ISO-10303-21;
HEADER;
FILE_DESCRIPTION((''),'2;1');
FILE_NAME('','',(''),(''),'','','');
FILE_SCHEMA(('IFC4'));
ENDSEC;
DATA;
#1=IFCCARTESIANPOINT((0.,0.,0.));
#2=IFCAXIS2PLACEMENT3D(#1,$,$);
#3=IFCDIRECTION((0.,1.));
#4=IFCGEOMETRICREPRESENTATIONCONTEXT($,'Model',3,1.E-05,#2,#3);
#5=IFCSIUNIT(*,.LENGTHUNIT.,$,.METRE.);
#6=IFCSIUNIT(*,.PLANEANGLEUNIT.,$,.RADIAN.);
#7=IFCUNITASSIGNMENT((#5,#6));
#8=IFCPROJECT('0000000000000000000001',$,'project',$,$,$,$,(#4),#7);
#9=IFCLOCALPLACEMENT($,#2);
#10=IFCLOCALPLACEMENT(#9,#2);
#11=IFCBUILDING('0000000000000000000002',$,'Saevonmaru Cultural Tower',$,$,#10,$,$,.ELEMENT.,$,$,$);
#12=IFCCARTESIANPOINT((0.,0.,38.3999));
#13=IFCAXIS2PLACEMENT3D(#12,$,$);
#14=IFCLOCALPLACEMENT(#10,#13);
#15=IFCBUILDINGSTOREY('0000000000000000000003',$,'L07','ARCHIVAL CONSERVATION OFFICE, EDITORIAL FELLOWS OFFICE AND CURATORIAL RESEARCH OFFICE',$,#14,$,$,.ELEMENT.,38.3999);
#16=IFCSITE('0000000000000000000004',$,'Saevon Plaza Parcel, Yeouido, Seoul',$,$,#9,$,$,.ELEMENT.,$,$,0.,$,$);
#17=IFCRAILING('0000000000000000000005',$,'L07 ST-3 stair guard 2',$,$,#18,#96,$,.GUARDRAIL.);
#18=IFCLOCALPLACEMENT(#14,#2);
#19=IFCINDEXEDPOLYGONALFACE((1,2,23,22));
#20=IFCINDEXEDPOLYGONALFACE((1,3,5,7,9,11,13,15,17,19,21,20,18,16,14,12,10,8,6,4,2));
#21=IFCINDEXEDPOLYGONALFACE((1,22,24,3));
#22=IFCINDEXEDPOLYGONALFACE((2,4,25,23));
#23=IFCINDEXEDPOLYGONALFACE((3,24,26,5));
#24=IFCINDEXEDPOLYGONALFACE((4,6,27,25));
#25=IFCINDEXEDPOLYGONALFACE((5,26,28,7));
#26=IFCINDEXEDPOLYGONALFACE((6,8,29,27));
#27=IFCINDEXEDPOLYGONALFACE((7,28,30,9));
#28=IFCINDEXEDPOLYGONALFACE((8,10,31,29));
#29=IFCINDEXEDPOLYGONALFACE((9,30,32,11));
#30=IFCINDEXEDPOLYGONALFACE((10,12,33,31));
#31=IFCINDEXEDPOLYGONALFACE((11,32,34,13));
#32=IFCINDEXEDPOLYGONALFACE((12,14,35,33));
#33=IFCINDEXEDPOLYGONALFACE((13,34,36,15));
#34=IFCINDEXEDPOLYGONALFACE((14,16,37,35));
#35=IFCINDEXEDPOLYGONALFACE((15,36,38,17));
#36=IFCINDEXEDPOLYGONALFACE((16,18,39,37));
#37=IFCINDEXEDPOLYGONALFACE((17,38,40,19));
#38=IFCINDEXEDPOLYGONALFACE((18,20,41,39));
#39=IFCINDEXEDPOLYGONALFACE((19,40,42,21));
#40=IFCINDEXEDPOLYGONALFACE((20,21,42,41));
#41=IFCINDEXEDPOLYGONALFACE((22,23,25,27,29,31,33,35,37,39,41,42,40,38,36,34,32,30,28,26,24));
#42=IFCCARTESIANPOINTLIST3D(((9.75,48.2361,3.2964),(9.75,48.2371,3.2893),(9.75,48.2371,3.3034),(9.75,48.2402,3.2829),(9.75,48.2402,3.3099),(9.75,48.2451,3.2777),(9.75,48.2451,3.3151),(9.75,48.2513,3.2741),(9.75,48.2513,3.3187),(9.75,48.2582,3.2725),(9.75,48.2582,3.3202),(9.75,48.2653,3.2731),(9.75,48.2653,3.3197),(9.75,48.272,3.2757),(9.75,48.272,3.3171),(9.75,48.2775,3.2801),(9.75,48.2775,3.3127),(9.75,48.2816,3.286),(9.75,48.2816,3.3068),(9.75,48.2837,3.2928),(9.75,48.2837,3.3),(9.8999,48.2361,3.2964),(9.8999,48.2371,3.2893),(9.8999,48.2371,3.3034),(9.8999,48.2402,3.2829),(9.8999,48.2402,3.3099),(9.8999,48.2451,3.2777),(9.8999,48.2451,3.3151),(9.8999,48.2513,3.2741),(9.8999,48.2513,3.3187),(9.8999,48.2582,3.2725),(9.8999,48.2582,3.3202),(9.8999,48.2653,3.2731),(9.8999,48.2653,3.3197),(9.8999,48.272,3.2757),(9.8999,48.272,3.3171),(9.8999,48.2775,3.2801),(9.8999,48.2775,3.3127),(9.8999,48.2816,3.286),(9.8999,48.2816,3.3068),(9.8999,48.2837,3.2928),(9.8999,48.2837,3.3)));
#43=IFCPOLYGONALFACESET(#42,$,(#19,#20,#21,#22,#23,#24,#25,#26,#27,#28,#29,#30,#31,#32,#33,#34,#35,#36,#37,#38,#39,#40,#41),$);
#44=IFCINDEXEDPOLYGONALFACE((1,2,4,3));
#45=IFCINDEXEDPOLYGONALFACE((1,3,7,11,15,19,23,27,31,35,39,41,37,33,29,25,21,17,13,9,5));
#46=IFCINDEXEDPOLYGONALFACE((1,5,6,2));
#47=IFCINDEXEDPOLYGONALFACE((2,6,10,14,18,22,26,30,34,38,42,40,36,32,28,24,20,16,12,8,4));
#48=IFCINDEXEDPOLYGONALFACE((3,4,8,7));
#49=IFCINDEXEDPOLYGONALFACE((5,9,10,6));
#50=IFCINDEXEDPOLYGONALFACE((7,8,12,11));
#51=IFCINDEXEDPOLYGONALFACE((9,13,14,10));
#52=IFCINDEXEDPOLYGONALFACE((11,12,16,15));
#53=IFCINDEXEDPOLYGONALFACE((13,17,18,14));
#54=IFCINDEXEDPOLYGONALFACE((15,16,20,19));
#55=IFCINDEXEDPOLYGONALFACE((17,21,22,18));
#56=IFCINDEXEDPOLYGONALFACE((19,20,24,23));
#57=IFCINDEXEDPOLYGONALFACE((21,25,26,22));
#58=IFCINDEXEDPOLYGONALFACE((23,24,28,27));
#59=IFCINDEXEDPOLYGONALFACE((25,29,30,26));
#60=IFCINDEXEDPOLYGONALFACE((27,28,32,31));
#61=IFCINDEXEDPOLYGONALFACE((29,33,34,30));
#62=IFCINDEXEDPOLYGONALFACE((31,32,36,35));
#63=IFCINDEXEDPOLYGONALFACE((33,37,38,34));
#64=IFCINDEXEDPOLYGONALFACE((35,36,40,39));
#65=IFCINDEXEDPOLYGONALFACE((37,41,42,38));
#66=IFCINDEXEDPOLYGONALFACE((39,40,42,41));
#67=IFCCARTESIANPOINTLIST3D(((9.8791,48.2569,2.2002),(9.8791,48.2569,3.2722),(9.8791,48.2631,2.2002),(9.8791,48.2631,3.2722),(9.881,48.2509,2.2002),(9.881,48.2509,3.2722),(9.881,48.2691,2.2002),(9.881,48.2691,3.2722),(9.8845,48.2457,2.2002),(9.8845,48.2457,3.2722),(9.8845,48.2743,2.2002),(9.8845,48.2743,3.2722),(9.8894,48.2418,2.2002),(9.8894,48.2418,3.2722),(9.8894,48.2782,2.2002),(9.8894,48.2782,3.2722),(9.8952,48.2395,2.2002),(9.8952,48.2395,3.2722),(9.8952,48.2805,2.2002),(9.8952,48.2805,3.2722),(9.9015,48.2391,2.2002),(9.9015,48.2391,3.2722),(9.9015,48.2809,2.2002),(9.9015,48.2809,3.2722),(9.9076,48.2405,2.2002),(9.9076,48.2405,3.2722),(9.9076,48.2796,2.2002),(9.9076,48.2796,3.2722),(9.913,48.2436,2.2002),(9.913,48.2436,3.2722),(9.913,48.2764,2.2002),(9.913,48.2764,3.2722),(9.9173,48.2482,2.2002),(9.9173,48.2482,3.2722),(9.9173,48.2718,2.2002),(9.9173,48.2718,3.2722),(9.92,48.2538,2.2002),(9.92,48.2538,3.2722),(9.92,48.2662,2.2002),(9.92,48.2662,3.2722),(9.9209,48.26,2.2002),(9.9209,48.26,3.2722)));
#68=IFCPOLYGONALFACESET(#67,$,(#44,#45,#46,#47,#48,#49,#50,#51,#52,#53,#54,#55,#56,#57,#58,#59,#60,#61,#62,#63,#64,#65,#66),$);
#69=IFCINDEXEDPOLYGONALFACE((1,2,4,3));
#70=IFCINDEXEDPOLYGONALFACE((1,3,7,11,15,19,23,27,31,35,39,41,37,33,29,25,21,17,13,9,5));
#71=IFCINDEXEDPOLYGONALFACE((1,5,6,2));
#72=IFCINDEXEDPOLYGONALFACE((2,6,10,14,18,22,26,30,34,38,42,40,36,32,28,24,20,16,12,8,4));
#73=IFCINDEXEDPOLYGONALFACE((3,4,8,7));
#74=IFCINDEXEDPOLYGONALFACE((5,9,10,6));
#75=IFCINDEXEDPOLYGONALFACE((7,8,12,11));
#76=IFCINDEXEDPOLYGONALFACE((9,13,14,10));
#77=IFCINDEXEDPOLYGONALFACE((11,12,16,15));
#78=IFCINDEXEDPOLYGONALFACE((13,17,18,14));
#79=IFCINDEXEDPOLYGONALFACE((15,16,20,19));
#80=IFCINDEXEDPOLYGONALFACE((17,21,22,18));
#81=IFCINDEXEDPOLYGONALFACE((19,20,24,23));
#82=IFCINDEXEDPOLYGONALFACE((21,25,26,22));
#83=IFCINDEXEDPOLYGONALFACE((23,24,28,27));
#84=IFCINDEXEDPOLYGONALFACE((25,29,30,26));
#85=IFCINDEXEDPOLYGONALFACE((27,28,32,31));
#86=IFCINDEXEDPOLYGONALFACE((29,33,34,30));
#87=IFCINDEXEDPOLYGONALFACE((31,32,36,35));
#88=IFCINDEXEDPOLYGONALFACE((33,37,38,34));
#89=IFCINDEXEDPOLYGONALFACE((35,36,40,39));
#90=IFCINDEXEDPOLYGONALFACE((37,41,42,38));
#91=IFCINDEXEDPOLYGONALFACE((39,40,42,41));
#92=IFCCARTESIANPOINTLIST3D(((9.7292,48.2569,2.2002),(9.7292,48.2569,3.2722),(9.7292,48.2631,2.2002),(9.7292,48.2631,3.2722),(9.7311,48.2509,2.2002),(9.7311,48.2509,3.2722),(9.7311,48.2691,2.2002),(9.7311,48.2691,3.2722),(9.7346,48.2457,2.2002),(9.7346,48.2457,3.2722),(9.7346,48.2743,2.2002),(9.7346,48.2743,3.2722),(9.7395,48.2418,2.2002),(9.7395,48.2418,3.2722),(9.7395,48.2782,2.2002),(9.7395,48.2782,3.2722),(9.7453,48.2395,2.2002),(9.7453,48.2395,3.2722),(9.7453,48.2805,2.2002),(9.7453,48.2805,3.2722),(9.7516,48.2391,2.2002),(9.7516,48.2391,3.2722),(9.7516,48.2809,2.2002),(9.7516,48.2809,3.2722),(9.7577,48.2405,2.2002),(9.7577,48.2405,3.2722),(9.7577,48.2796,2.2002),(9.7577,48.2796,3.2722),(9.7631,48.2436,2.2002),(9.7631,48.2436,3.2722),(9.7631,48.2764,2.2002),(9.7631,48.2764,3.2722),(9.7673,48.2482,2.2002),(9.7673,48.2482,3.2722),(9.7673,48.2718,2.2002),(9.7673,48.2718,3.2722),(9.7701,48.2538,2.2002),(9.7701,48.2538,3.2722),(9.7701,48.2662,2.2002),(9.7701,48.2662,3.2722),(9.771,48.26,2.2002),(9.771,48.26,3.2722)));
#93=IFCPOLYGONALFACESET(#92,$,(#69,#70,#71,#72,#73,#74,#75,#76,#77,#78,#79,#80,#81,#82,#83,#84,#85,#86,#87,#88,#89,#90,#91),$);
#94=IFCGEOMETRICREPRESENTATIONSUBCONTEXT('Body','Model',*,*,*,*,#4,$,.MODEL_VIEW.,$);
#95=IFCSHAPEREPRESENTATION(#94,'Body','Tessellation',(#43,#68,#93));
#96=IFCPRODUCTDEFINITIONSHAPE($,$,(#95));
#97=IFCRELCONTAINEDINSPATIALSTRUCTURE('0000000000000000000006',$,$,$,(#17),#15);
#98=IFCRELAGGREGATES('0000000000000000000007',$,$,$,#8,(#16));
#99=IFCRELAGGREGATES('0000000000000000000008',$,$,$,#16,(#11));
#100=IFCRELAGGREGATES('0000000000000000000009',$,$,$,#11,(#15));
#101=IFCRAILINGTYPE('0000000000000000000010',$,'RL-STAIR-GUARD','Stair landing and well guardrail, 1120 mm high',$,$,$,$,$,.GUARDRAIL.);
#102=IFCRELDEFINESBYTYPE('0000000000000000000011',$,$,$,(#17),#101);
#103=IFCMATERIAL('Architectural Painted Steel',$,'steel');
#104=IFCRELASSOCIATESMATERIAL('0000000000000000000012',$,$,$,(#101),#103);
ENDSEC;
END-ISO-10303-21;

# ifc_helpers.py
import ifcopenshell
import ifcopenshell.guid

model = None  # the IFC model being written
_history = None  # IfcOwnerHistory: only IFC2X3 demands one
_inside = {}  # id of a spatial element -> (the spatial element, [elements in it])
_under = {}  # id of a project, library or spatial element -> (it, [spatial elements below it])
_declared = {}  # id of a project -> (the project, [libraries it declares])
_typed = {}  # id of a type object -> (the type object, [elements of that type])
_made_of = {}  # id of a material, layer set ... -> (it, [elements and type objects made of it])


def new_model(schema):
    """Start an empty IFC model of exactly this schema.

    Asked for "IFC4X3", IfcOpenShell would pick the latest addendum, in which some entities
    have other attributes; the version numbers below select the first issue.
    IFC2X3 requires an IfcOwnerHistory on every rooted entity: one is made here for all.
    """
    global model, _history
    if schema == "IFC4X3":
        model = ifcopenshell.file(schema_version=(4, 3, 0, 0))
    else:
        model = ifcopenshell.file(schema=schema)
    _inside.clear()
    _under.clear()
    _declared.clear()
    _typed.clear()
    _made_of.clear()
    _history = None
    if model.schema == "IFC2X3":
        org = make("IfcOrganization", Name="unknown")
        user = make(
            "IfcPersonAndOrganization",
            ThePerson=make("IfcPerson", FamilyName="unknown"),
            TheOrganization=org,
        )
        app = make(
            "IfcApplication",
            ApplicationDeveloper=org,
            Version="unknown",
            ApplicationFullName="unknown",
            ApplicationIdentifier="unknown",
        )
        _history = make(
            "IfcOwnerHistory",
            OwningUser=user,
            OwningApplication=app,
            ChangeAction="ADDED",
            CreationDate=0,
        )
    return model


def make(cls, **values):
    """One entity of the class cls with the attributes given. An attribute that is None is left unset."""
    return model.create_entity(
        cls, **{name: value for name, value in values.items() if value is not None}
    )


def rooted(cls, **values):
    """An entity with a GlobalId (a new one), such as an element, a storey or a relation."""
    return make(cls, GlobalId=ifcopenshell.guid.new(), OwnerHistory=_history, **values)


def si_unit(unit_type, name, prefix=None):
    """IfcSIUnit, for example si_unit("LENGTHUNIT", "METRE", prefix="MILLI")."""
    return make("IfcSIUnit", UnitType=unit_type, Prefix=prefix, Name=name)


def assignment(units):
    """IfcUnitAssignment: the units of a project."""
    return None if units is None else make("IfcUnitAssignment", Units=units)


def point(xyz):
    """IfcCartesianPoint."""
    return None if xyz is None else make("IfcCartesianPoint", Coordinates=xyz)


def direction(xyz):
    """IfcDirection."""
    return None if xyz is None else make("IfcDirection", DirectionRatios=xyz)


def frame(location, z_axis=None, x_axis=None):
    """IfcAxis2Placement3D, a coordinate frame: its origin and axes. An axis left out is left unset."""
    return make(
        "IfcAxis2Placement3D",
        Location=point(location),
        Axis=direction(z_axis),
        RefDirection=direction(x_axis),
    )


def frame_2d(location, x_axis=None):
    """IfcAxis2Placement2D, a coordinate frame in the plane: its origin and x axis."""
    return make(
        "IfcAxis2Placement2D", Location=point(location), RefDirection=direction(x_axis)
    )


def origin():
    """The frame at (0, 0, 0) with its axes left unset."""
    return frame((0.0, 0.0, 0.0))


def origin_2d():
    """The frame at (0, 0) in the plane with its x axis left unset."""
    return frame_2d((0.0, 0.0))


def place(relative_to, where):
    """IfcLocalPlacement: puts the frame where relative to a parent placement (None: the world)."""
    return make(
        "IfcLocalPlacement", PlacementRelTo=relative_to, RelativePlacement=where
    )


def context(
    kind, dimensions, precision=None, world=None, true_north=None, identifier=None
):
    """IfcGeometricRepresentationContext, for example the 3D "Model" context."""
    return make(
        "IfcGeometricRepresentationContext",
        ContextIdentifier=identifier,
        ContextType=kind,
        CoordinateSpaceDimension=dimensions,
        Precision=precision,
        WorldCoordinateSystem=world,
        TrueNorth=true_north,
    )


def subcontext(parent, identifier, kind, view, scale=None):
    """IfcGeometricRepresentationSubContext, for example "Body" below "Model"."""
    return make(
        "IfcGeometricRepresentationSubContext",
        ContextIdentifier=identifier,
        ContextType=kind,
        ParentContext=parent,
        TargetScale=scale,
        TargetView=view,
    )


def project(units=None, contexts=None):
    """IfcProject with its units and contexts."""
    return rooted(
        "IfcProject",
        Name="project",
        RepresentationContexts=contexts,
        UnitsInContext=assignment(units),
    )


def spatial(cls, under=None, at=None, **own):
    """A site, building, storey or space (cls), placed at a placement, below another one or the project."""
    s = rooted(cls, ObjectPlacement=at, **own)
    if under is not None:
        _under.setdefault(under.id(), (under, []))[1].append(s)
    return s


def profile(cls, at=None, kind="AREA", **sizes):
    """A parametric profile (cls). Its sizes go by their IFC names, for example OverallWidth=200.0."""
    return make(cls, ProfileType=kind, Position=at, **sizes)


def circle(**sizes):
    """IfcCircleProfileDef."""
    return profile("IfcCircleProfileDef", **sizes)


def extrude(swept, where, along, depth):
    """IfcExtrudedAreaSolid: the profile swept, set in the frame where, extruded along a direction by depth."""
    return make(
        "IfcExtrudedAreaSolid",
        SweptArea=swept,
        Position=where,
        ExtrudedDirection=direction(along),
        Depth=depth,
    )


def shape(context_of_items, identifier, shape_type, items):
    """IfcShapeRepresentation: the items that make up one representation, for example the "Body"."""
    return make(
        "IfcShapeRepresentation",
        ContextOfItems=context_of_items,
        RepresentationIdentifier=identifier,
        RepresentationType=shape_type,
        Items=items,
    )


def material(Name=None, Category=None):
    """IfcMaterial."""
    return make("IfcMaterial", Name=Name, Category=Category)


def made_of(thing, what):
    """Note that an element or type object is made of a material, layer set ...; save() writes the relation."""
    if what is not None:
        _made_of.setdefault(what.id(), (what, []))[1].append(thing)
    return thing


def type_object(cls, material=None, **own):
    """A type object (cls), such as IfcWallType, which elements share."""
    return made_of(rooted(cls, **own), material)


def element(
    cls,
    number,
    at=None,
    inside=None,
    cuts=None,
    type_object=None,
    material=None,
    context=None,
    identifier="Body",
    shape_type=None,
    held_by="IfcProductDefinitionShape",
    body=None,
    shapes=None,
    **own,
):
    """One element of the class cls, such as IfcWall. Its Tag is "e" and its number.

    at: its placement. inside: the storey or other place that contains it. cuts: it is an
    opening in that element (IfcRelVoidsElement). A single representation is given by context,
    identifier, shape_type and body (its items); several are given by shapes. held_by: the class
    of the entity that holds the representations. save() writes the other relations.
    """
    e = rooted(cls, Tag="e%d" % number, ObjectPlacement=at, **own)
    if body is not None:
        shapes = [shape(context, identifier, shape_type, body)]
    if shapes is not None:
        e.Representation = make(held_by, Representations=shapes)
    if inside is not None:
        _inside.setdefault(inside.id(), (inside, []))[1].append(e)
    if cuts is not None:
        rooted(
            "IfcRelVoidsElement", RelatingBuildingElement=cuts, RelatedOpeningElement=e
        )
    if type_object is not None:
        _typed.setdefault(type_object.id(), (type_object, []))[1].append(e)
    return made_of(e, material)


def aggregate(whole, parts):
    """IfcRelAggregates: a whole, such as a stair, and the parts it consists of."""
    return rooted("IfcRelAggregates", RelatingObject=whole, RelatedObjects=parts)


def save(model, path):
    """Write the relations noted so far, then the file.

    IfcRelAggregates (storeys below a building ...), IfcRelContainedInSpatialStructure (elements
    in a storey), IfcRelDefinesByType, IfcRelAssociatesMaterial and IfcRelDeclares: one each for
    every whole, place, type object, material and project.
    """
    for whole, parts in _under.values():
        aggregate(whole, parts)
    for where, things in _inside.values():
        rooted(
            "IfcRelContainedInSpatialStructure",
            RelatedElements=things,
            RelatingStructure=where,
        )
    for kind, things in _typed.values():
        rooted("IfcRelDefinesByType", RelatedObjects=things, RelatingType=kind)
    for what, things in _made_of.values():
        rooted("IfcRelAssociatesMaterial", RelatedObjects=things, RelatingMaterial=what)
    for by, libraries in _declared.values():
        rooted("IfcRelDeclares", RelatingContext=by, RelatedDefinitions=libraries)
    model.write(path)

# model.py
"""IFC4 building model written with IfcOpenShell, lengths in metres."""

from ifc_helpers import new_model, si_unit, direction, frame, origin, origin_2d, place, context, subcontext, project, spatial, circle, extrude, material, type_object, element, save


model = new_model("IFC4")

# Units and contexts
model_context = context("Model", 3, precision=1e-05, world=origin(), true_north=direction((0.0, 1.0)))
body_context = subcontext(model_context, "Body", "Model", "MODEL_VIEW")
ifc_project = project(units=[si_unit("LENGTHUNIT", "METRE"), si_unit("PLANEANGLEUNIT", "RADIAN")], contexts=[model_context])

# Site, building, storey
site_placement = place(None, origin())
site = spatial("IfcSite", under=ifc_project, at=site_placement, Name="Saevon Plaza Parcel, Yeouido, Seoul", CompositionType="ELEMENT", RefElevation=0.0)
building_placement = place(site_placement, origin())
building = spatial("IfcBuilding", under=site, at=building_placement, Name="Saevonmaru Cultural Tower", CompositionType="ELEMENT")
storey_placement = place(building_placement, frame((0.0, 0.0, 38.3999)))
storey = spatial("IfcBuildingStorey", under=building, at=storey_placement, Name="L07", Description="ARCHIVAL CONSERVATION OFFICE, EDITORIAL FELLOWS OFFICE AND CURATORIAL RESEARCH OFFICE", CompositionType="ELEMENT", Elevation=38.3999)

# Railing
ifc_material_1 = material(Name="Architectural Painted Steel", Category="steel")
railing_type_1 = type_object("IfcRailingType", Name="RL-STAIR-GUARD", Description="Stair landing and well guardrail, 1120 mm high", PredefinedType="GUARDRAIL", material=ifc_material_1)
railing_1_placement = place(storey_placement, frame((9.8999, 48.26, 2.2002)))
element("IfcRailing", 1, at=railing_1_placement, inside=storey, type_object=railing_type_1, Name="L07 ST-3 stair guard 2", PredefinedType="GUARDRAIL", context=body_context, shape_type="SweptSolid", body=[
    extrude(circle(Radius=0.0239, at=origin_2d()), frame((0.0, 0.0, 1.0962), z_axis=(-1.0, 0.0, 0.0), x_axis=(0.0, -1.0, 0.0)), (0.0, 0.0, 1.0), 0.1499),
    extrude(circle(Radius=0.021, at=origin_2d()), origin(), (0.0, 0.0, 1.0), 1.072),
    extrude(circle(Radius=0.021, at=origin_2d()), frame((-0.1499, 0.0, 0.0)), (0.0, 0.0, 1.0), 1.072),
])

save(model, "model.ifc")
